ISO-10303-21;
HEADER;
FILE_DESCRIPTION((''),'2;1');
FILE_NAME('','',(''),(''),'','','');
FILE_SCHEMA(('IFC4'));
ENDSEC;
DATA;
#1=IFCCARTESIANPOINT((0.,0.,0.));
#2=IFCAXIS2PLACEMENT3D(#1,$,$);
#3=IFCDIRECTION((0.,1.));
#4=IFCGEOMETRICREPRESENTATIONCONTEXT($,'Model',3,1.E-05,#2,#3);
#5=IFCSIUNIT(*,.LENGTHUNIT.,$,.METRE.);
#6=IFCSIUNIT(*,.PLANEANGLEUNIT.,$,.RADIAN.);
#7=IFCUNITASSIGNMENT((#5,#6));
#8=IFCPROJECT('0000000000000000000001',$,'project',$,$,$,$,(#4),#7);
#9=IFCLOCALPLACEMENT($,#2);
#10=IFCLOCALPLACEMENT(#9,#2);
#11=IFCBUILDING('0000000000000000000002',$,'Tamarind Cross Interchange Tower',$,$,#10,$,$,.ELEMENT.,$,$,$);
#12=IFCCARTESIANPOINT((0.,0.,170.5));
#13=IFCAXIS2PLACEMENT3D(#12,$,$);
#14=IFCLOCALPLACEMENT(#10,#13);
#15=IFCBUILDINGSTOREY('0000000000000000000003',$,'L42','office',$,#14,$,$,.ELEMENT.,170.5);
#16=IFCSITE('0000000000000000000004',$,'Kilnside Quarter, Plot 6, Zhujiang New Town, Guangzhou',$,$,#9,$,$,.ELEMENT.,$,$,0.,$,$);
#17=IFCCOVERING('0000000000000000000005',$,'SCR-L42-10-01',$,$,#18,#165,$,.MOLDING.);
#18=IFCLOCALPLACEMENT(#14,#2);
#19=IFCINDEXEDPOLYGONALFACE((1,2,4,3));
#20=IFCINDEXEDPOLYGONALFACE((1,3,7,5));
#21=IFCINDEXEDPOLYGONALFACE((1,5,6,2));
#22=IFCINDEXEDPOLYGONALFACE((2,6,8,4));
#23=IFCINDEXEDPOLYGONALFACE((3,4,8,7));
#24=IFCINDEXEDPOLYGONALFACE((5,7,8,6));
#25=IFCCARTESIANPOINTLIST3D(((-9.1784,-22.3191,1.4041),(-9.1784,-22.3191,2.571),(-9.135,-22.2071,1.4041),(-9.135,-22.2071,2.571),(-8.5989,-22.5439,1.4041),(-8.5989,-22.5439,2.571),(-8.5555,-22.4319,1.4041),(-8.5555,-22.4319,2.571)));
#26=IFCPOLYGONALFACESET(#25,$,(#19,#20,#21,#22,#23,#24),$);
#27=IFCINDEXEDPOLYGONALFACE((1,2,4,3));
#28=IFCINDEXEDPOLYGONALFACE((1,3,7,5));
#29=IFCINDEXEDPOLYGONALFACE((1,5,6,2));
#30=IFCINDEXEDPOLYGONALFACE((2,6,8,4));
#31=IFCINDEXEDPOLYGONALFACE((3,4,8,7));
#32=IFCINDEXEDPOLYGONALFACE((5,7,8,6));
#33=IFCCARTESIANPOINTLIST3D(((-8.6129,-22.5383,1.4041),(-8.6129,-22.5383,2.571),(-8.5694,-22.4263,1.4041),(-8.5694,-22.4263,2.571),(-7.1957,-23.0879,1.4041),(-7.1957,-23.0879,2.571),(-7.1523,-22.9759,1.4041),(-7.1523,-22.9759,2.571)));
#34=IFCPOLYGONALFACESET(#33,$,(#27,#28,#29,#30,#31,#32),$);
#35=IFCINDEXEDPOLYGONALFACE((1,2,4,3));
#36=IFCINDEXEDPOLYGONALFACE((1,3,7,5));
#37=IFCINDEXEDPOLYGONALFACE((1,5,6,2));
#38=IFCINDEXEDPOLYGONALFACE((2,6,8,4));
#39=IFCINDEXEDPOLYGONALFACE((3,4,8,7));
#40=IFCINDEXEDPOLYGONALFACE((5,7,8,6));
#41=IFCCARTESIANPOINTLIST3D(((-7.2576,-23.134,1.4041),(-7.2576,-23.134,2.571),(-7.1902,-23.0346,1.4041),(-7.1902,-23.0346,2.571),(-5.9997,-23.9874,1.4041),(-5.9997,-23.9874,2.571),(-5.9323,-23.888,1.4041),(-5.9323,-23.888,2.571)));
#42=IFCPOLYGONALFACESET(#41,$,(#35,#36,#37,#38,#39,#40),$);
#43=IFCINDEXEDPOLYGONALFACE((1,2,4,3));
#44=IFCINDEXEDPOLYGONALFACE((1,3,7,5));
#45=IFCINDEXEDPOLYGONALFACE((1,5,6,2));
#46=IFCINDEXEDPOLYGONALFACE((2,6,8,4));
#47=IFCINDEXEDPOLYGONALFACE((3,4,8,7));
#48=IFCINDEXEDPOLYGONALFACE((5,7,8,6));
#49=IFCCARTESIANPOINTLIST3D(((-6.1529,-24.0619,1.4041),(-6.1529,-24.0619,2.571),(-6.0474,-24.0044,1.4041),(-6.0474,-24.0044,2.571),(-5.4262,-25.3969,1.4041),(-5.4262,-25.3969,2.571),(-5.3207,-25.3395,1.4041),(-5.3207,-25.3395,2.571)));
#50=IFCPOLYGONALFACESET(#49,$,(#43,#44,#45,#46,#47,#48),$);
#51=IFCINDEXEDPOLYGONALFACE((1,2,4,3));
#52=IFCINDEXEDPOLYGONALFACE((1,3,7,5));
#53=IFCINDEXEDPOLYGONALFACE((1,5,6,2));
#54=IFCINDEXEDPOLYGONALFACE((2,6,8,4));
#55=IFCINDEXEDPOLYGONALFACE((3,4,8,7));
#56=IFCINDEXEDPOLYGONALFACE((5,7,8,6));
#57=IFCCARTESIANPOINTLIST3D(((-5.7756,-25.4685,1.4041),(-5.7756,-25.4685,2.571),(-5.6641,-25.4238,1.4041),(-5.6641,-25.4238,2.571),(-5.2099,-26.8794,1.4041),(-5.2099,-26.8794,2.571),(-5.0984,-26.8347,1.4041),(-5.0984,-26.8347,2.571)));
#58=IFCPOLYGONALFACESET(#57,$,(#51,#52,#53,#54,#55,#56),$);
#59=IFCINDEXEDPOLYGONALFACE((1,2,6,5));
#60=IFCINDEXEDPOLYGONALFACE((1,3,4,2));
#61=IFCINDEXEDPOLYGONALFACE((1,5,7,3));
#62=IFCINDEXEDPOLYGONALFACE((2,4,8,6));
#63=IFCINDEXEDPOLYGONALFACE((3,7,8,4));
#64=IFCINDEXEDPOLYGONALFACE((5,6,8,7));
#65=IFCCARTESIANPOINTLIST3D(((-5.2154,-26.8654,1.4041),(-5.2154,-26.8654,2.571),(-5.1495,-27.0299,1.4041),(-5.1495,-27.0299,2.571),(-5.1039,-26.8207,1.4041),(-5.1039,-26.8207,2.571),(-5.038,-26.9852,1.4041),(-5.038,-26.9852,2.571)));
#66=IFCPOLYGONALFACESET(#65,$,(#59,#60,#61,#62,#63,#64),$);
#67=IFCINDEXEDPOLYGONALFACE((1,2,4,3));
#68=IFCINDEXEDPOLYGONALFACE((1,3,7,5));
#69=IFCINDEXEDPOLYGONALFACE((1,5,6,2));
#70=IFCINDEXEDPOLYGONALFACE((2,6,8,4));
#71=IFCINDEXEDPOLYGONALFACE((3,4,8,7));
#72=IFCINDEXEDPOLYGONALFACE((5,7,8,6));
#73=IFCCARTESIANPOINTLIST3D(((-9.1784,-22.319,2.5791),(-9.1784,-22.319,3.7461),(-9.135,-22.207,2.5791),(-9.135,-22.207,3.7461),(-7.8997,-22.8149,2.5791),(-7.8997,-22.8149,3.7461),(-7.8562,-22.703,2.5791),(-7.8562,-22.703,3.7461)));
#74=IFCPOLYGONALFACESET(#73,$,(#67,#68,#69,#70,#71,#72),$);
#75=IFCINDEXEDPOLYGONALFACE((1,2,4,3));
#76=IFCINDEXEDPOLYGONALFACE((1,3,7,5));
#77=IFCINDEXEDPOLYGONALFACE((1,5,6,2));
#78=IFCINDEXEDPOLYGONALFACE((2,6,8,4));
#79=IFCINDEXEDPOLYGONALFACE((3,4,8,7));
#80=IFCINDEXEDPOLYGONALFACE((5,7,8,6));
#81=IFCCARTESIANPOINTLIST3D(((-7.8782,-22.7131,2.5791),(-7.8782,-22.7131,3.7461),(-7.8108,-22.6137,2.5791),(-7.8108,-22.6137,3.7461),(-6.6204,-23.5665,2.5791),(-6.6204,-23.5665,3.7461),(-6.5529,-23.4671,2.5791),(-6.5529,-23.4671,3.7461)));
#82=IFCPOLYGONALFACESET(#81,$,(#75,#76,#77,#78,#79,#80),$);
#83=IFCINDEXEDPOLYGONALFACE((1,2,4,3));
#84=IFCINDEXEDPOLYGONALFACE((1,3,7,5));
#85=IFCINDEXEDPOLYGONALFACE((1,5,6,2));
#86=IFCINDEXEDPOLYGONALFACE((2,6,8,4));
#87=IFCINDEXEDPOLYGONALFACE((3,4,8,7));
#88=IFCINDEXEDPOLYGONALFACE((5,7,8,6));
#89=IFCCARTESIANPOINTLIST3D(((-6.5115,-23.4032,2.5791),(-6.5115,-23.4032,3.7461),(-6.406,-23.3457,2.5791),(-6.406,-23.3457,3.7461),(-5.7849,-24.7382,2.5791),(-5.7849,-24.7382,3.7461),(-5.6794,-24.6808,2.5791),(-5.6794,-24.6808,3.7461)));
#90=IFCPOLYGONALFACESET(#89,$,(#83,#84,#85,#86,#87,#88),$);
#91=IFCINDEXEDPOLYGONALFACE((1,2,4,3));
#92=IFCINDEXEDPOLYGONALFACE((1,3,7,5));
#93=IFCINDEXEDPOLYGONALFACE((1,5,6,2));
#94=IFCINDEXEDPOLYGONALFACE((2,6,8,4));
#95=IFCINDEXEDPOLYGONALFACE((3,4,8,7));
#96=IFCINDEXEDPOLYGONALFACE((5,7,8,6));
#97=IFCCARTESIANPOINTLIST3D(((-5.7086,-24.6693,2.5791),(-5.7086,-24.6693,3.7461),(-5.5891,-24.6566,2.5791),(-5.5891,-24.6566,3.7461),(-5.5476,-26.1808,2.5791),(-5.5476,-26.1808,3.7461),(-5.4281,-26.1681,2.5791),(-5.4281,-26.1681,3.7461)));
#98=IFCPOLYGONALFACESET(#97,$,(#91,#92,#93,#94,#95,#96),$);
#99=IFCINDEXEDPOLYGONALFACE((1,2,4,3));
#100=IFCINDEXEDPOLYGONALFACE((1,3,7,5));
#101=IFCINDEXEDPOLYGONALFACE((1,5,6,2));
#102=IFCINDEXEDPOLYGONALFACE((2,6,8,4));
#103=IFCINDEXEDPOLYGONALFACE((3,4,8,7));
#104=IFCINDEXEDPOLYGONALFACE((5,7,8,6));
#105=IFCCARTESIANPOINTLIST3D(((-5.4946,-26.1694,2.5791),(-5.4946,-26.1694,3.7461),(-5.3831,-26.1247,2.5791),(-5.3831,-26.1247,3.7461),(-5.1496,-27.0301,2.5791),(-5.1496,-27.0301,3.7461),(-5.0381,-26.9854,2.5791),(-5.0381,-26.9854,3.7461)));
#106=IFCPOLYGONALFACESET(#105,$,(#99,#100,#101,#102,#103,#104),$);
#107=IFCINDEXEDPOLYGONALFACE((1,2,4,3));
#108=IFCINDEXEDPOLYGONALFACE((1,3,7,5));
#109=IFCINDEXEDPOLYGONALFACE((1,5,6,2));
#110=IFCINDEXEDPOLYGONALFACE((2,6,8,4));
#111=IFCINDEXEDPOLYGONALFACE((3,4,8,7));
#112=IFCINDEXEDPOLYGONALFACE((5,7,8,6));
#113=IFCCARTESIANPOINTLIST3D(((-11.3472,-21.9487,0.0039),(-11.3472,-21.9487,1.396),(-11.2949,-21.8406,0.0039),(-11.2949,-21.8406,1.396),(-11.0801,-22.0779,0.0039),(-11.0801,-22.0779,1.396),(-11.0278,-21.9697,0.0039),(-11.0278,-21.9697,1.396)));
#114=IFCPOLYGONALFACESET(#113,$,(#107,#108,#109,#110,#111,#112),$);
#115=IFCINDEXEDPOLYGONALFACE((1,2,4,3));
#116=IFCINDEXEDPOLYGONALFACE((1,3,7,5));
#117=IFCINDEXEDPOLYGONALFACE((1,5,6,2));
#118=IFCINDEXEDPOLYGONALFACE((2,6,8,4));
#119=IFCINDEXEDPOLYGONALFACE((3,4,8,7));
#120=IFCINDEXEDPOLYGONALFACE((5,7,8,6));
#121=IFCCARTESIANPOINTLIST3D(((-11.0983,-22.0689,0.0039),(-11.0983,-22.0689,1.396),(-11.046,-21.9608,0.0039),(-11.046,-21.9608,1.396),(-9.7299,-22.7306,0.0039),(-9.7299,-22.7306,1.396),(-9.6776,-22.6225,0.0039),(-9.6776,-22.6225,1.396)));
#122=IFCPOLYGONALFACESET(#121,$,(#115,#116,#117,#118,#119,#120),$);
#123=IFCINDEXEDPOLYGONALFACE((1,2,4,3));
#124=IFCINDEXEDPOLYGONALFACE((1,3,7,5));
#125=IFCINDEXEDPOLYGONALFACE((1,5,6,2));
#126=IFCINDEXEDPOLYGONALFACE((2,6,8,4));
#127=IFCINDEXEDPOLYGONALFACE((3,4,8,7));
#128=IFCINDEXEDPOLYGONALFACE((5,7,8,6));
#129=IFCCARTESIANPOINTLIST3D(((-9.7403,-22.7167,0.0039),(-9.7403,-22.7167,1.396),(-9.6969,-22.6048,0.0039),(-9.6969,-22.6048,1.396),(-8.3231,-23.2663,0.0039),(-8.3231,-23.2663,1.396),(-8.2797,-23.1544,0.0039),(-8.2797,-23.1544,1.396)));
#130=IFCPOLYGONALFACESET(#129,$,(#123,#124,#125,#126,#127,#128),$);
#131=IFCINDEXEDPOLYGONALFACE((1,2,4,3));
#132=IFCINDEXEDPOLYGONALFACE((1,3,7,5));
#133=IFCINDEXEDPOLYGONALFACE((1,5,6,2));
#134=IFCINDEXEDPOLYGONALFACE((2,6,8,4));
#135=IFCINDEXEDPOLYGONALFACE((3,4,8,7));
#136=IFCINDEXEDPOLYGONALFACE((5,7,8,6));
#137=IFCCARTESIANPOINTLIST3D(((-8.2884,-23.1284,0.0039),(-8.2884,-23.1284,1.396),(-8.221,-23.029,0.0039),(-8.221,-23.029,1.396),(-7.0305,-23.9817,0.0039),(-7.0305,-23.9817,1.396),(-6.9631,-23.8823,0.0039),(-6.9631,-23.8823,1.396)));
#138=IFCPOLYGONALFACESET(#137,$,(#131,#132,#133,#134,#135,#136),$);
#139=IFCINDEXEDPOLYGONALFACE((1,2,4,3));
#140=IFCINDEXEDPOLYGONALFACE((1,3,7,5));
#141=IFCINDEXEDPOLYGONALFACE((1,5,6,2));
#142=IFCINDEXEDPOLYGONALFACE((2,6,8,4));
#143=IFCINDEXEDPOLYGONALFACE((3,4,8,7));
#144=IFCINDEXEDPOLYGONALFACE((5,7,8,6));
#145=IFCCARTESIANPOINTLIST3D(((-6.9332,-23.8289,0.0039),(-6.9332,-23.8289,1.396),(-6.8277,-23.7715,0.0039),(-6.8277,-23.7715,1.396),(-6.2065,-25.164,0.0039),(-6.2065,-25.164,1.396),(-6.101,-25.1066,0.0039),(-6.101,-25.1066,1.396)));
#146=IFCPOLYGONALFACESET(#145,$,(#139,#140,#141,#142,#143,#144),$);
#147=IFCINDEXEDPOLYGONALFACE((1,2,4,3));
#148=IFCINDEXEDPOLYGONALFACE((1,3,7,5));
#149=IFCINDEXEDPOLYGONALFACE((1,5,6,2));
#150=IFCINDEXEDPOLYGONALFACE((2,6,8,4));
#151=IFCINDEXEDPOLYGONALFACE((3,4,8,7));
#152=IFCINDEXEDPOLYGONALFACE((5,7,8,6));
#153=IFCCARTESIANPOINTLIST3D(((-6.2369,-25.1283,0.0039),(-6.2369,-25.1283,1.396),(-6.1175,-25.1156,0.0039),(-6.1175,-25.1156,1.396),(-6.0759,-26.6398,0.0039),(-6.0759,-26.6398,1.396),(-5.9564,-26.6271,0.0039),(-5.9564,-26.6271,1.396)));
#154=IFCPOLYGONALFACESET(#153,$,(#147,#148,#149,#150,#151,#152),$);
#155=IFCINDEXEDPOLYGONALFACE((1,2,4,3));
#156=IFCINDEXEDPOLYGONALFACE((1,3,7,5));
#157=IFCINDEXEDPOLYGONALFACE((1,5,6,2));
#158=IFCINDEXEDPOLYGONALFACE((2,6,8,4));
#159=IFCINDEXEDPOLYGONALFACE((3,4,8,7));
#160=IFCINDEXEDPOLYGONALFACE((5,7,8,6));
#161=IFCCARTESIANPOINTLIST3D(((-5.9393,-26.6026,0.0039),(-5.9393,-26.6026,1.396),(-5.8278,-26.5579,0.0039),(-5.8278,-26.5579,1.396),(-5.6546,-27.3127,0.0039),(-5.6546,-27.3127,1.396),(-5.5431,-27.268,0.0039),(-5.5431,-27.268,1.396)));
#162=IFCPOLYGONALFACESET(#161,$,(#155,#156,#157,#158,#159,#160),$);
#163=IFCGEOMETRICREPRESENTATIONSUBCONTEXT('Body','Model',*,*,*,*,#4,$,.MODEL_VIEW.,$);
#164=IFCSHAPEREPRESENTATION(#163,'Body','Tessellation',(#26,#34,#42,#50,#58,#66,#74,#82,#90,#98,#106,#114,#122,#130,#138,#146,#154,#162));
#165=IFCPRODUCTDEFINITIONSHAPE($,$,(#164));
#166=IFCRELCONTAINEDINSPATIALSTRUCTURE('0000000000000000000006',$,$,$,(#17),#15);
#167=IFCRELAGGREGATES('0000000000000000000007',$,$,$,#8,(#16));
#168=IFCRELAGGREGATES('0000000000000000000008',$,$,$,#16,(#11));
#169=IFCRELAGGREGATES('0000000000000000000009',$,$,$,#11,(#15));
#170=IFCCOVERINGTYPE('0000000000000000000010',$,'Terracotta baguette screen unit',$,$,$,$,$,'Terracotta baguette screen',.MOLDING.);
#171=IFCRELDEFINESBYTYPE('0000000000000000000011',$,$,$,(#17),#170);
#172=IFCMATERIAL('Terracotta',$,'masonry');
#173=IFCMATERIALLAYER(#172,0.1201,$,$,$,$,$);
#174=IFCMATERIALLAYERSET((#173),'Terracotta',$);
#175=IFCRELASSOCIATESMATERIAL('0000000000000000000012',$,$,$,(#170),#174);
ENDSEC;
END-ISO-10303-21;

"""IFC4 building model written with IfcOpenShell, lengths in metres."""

from ifc_helpers import new_model, si_unit, direction, frame, origin, origin_2d, place, context, subcontext, project, spatial, rectangle, extrude, material, layer, layer_set, type_object, element, save


model = new_model("IFC4")

# Units and contexts
model_context = context("Model", 3, precision=1e-05, world=origin(), true_north=direction((0.0, 1.0)))
body_context = subcontext(model_context, "Body", "Model", "MODEL_VIEW")
ifc_project = project(units=[si_unit("LENGTHUNIT", "METRE"), si_unit("PLANEANGLEUNIT", "RADIAN")], contexts=[model_context])

# Site, building, storey
site_placement = place(None, origin())
site = spatial("IfcSite", under=ifc_project, at=site_placement, Name="Kilnside Quarter, Plot 6, Zhujiang New Town, Guangzhou", CompositionType="ELEMENT", RefElevation=0.0)
building_placement = place(site_placement, origin())
building = spatial("IfcBuilding", under=site, at=building_placement, Name="Tamarind Cross Interchange Tower", CompositionType="ELEMENT")
storey_placement = place(building_placement, frame((0.0, 0.0, 170.5)))
storey = spatial("IfcBuildingStorey", under=building, at=storey_placement, Name="L42", Description="office", CompositionType="ELEMENT", Elevation=170.5)

# Covering
ifc_material_1 = material(Name="Terracotta", Category="masonry")
ifc_layer_1 = layer(ifc_material_1, 0.1201)
ifc_layer_set_1 = layer_set([ifc_layer_1], Name="Terracotta")
covering_type = type_object("IfcCoveringType", Name="Terracotta baguette screen unit", ElementType="Terracotta baguette screen", PredefinedType="MOLDING", material=ifc_layer_set_1)
covering_1_placement = place(storey_placement, origin())
element("IfcCovering", 1, at=covering_1_placement, inside=storey, type_object=covering_type, Name="SCR-L42-10-01", PredefinedType="MOLDING", context=body_context, shape_type="SweptSolid", body=[
    extrude(rectangle(XDim=0.6216, YDim=0.1201, at=origin_2d()), frame((-8.8669, -22.3755, 1.4041), z_axis=(0.0, 0.0, 1.0), x_axis=(0.932344, -0.361573, 0.0)), (0.0, 0.0, 1.0), 1.167),
    extrude(rectangle(XDim=1.52, YDim=0.1201, at=origin_2d()), frame((-7.8826, -22.7571, 1.4041), z_axis=(0.0, 0.0, 1.0), x_axis=(0.932344, -0.361573, 0.0)), (0.0, 0.0, 1.0), 1.167),
    extrude(rectangle(XDim=1.52, YDim=0.1201, at=origin_2d()), frame((-6.595, -23.511, 1.4041), z_axis=(0.0, 0.0, 1.0), x_axis=(0.827544, -0.561401, 0.0)), (0.0, 0.0, 1.0), 1.167),
    extrude(rectangle(XDim=1.52, YDim=0.1201, at=origin_2d()), frame((-5.7368, -24.7007, 1.4041), z_axis=(0.0, 0.0, 1.0), x_axis=(0.478047, -0.878334, 0.0)), (0.0, 0.0, 1.0), 1.167),
    extrude(rectangle(XDim=1.52, YDim=0.1201, at=origin_2d()), frame((-5.437, -26.1516, 1.4041), z_axis=(0.0, 0.0, 1.0), x_axis=(0.372126, -0.928182, 0.0)), (0.0, 0.0, 1.0), 1.167),
    extrude(rectangle(XDim=0.1772, YDim=0.1201, at=origin_2d()), frame((-5.1267, -26.9253, 1.4041), z_axis=(0.0, 0.0, 1.0), x_axis=(0.372126, -0.928182, 0.0)), (0.0, 0.0, 1.0), 1.167),
    extrude(rectangle(XDim=1.3716, YDim=0.1201, at=origin_2d()), frame((-8.5173, -22.511, 2.5791), z_axis=(0.0, 0.0, 1.0), x_axis=(0.932344, -0.361573, 0.0)), (0.0, 0.0, 1.0), 1.167),
    extrude(rectangle(XDim=1.52, YDim=0.1201, at=origin_2d()), frame((-7.2156, -23.0901, 2.5791), z_axis=(0.0, 0.0, 1.0), x_axis=(0.827544, -0.561401, 0.0)), (0.0, 0.0, 1.0), 1.167),
    extrude(rectangle(XDim=1.52, YDim=0.1201, at=origin_2d()), frame((-6.0955, -24.042, 2.5791), z_axis=(0.0, 0.0, 1.0), x_axis=(0.478047, -0.878334, 0.0)), (0.0, 0.0, 1.0), 1.167),
    extrude(rectangle(XDim=1.52, YDim=0.1201, at=origin_2d()), frame((-5.5684, -25.4187, 2.5791), z_axis=(0.0, 0.0, 1.0), x_axis=(0.105932, -0.994373, 0.0)), (0.0, 0.0, 1.0), 1.167),
    extrude(rectangle(XDim=0.9272, YDim=0.1201, at=origin_2d()), frame((-5.2664, -26.5774, 2.5791), z_axis=(0.0, 0.0, 1.0), x_axis=(0.372126, -0.928182, 0.0)), (0.0, 0.0, 1.0), 1.167),
    extrude(rectangle(XDim=0.2966, YDim=0.1201, at=origin_2d()), frame((-11.1875, -21.9592, 0.0039), z_axis=(0.0, 0.0, 1.0), x_axis=(0.900273, -0.435326, 0.0)), (0.0, 0.0, 1.0), 1.3921),
    extrude(rectangle(XDim=1.52, YDim=0.1201, at=origin_2d()), frame((-10.3879, -22.3457, 0.0039), z_axis=(0.0, 0.0, 1.0), x_axis=(0.900273, -0.435326, 0.0)), (0.0, 0.0, 1.0), 1.3921),
    extrude(rectangle(XDim=1.52, YDim=0.1201, at=origin_2d()), frame((-9.01, -22.9355, 0.0039), z_axis=(0.0, 0.0, 1.0), x_axis=(0.932344, -0.361573, 0.0)), (0.0, 0.0, 1.0), 1.3921),
    extrude(rectangle(XDim=1.52, YDim=0.1201, at=origin_2d()), frame((-7.6257, -23.5054, 0.0039), z_axis=(0.0, 0.0, 1.0), x_axis=(0.827544, -0.561401, 0.0)), (0.0, 0.0, 1.0), 1.3921),
    extrude(rectangle(XDim=1.52, YDim=0.1201, at=origin_2d()), frame((-6.5171, -24.4678, 0.0039), z_axis=(0.0, 0.0, 1.0), x_axis=(0.478047, -0.878334, 0.0)), (0.0, 0.0, 1.0), 1.3921),
    extrude(rectangle(XDim=1.52, YDim=0.1201, at=origin_2d()), frame((-6.0967, -25.8777, 0.0039), z_axis=(0.0, 0.0, 1.0), x_axis=(0.105932, -0.994373, 0.0)), (0.0, 0.0, 1.0), 1.3921),
    extrude(rectangle(XDim=0.7651, YDim=0.1201, at=origin_2d()), frame((-5.7412, -26.9353, 0.0039), z_axis=(0.0, 0.0, 1.0), x_axis=(0.372126, -0.928182, 0.0)), (0.0, 0.0, 1.0), 1.3921),
])

save(model, "model.ifc")
